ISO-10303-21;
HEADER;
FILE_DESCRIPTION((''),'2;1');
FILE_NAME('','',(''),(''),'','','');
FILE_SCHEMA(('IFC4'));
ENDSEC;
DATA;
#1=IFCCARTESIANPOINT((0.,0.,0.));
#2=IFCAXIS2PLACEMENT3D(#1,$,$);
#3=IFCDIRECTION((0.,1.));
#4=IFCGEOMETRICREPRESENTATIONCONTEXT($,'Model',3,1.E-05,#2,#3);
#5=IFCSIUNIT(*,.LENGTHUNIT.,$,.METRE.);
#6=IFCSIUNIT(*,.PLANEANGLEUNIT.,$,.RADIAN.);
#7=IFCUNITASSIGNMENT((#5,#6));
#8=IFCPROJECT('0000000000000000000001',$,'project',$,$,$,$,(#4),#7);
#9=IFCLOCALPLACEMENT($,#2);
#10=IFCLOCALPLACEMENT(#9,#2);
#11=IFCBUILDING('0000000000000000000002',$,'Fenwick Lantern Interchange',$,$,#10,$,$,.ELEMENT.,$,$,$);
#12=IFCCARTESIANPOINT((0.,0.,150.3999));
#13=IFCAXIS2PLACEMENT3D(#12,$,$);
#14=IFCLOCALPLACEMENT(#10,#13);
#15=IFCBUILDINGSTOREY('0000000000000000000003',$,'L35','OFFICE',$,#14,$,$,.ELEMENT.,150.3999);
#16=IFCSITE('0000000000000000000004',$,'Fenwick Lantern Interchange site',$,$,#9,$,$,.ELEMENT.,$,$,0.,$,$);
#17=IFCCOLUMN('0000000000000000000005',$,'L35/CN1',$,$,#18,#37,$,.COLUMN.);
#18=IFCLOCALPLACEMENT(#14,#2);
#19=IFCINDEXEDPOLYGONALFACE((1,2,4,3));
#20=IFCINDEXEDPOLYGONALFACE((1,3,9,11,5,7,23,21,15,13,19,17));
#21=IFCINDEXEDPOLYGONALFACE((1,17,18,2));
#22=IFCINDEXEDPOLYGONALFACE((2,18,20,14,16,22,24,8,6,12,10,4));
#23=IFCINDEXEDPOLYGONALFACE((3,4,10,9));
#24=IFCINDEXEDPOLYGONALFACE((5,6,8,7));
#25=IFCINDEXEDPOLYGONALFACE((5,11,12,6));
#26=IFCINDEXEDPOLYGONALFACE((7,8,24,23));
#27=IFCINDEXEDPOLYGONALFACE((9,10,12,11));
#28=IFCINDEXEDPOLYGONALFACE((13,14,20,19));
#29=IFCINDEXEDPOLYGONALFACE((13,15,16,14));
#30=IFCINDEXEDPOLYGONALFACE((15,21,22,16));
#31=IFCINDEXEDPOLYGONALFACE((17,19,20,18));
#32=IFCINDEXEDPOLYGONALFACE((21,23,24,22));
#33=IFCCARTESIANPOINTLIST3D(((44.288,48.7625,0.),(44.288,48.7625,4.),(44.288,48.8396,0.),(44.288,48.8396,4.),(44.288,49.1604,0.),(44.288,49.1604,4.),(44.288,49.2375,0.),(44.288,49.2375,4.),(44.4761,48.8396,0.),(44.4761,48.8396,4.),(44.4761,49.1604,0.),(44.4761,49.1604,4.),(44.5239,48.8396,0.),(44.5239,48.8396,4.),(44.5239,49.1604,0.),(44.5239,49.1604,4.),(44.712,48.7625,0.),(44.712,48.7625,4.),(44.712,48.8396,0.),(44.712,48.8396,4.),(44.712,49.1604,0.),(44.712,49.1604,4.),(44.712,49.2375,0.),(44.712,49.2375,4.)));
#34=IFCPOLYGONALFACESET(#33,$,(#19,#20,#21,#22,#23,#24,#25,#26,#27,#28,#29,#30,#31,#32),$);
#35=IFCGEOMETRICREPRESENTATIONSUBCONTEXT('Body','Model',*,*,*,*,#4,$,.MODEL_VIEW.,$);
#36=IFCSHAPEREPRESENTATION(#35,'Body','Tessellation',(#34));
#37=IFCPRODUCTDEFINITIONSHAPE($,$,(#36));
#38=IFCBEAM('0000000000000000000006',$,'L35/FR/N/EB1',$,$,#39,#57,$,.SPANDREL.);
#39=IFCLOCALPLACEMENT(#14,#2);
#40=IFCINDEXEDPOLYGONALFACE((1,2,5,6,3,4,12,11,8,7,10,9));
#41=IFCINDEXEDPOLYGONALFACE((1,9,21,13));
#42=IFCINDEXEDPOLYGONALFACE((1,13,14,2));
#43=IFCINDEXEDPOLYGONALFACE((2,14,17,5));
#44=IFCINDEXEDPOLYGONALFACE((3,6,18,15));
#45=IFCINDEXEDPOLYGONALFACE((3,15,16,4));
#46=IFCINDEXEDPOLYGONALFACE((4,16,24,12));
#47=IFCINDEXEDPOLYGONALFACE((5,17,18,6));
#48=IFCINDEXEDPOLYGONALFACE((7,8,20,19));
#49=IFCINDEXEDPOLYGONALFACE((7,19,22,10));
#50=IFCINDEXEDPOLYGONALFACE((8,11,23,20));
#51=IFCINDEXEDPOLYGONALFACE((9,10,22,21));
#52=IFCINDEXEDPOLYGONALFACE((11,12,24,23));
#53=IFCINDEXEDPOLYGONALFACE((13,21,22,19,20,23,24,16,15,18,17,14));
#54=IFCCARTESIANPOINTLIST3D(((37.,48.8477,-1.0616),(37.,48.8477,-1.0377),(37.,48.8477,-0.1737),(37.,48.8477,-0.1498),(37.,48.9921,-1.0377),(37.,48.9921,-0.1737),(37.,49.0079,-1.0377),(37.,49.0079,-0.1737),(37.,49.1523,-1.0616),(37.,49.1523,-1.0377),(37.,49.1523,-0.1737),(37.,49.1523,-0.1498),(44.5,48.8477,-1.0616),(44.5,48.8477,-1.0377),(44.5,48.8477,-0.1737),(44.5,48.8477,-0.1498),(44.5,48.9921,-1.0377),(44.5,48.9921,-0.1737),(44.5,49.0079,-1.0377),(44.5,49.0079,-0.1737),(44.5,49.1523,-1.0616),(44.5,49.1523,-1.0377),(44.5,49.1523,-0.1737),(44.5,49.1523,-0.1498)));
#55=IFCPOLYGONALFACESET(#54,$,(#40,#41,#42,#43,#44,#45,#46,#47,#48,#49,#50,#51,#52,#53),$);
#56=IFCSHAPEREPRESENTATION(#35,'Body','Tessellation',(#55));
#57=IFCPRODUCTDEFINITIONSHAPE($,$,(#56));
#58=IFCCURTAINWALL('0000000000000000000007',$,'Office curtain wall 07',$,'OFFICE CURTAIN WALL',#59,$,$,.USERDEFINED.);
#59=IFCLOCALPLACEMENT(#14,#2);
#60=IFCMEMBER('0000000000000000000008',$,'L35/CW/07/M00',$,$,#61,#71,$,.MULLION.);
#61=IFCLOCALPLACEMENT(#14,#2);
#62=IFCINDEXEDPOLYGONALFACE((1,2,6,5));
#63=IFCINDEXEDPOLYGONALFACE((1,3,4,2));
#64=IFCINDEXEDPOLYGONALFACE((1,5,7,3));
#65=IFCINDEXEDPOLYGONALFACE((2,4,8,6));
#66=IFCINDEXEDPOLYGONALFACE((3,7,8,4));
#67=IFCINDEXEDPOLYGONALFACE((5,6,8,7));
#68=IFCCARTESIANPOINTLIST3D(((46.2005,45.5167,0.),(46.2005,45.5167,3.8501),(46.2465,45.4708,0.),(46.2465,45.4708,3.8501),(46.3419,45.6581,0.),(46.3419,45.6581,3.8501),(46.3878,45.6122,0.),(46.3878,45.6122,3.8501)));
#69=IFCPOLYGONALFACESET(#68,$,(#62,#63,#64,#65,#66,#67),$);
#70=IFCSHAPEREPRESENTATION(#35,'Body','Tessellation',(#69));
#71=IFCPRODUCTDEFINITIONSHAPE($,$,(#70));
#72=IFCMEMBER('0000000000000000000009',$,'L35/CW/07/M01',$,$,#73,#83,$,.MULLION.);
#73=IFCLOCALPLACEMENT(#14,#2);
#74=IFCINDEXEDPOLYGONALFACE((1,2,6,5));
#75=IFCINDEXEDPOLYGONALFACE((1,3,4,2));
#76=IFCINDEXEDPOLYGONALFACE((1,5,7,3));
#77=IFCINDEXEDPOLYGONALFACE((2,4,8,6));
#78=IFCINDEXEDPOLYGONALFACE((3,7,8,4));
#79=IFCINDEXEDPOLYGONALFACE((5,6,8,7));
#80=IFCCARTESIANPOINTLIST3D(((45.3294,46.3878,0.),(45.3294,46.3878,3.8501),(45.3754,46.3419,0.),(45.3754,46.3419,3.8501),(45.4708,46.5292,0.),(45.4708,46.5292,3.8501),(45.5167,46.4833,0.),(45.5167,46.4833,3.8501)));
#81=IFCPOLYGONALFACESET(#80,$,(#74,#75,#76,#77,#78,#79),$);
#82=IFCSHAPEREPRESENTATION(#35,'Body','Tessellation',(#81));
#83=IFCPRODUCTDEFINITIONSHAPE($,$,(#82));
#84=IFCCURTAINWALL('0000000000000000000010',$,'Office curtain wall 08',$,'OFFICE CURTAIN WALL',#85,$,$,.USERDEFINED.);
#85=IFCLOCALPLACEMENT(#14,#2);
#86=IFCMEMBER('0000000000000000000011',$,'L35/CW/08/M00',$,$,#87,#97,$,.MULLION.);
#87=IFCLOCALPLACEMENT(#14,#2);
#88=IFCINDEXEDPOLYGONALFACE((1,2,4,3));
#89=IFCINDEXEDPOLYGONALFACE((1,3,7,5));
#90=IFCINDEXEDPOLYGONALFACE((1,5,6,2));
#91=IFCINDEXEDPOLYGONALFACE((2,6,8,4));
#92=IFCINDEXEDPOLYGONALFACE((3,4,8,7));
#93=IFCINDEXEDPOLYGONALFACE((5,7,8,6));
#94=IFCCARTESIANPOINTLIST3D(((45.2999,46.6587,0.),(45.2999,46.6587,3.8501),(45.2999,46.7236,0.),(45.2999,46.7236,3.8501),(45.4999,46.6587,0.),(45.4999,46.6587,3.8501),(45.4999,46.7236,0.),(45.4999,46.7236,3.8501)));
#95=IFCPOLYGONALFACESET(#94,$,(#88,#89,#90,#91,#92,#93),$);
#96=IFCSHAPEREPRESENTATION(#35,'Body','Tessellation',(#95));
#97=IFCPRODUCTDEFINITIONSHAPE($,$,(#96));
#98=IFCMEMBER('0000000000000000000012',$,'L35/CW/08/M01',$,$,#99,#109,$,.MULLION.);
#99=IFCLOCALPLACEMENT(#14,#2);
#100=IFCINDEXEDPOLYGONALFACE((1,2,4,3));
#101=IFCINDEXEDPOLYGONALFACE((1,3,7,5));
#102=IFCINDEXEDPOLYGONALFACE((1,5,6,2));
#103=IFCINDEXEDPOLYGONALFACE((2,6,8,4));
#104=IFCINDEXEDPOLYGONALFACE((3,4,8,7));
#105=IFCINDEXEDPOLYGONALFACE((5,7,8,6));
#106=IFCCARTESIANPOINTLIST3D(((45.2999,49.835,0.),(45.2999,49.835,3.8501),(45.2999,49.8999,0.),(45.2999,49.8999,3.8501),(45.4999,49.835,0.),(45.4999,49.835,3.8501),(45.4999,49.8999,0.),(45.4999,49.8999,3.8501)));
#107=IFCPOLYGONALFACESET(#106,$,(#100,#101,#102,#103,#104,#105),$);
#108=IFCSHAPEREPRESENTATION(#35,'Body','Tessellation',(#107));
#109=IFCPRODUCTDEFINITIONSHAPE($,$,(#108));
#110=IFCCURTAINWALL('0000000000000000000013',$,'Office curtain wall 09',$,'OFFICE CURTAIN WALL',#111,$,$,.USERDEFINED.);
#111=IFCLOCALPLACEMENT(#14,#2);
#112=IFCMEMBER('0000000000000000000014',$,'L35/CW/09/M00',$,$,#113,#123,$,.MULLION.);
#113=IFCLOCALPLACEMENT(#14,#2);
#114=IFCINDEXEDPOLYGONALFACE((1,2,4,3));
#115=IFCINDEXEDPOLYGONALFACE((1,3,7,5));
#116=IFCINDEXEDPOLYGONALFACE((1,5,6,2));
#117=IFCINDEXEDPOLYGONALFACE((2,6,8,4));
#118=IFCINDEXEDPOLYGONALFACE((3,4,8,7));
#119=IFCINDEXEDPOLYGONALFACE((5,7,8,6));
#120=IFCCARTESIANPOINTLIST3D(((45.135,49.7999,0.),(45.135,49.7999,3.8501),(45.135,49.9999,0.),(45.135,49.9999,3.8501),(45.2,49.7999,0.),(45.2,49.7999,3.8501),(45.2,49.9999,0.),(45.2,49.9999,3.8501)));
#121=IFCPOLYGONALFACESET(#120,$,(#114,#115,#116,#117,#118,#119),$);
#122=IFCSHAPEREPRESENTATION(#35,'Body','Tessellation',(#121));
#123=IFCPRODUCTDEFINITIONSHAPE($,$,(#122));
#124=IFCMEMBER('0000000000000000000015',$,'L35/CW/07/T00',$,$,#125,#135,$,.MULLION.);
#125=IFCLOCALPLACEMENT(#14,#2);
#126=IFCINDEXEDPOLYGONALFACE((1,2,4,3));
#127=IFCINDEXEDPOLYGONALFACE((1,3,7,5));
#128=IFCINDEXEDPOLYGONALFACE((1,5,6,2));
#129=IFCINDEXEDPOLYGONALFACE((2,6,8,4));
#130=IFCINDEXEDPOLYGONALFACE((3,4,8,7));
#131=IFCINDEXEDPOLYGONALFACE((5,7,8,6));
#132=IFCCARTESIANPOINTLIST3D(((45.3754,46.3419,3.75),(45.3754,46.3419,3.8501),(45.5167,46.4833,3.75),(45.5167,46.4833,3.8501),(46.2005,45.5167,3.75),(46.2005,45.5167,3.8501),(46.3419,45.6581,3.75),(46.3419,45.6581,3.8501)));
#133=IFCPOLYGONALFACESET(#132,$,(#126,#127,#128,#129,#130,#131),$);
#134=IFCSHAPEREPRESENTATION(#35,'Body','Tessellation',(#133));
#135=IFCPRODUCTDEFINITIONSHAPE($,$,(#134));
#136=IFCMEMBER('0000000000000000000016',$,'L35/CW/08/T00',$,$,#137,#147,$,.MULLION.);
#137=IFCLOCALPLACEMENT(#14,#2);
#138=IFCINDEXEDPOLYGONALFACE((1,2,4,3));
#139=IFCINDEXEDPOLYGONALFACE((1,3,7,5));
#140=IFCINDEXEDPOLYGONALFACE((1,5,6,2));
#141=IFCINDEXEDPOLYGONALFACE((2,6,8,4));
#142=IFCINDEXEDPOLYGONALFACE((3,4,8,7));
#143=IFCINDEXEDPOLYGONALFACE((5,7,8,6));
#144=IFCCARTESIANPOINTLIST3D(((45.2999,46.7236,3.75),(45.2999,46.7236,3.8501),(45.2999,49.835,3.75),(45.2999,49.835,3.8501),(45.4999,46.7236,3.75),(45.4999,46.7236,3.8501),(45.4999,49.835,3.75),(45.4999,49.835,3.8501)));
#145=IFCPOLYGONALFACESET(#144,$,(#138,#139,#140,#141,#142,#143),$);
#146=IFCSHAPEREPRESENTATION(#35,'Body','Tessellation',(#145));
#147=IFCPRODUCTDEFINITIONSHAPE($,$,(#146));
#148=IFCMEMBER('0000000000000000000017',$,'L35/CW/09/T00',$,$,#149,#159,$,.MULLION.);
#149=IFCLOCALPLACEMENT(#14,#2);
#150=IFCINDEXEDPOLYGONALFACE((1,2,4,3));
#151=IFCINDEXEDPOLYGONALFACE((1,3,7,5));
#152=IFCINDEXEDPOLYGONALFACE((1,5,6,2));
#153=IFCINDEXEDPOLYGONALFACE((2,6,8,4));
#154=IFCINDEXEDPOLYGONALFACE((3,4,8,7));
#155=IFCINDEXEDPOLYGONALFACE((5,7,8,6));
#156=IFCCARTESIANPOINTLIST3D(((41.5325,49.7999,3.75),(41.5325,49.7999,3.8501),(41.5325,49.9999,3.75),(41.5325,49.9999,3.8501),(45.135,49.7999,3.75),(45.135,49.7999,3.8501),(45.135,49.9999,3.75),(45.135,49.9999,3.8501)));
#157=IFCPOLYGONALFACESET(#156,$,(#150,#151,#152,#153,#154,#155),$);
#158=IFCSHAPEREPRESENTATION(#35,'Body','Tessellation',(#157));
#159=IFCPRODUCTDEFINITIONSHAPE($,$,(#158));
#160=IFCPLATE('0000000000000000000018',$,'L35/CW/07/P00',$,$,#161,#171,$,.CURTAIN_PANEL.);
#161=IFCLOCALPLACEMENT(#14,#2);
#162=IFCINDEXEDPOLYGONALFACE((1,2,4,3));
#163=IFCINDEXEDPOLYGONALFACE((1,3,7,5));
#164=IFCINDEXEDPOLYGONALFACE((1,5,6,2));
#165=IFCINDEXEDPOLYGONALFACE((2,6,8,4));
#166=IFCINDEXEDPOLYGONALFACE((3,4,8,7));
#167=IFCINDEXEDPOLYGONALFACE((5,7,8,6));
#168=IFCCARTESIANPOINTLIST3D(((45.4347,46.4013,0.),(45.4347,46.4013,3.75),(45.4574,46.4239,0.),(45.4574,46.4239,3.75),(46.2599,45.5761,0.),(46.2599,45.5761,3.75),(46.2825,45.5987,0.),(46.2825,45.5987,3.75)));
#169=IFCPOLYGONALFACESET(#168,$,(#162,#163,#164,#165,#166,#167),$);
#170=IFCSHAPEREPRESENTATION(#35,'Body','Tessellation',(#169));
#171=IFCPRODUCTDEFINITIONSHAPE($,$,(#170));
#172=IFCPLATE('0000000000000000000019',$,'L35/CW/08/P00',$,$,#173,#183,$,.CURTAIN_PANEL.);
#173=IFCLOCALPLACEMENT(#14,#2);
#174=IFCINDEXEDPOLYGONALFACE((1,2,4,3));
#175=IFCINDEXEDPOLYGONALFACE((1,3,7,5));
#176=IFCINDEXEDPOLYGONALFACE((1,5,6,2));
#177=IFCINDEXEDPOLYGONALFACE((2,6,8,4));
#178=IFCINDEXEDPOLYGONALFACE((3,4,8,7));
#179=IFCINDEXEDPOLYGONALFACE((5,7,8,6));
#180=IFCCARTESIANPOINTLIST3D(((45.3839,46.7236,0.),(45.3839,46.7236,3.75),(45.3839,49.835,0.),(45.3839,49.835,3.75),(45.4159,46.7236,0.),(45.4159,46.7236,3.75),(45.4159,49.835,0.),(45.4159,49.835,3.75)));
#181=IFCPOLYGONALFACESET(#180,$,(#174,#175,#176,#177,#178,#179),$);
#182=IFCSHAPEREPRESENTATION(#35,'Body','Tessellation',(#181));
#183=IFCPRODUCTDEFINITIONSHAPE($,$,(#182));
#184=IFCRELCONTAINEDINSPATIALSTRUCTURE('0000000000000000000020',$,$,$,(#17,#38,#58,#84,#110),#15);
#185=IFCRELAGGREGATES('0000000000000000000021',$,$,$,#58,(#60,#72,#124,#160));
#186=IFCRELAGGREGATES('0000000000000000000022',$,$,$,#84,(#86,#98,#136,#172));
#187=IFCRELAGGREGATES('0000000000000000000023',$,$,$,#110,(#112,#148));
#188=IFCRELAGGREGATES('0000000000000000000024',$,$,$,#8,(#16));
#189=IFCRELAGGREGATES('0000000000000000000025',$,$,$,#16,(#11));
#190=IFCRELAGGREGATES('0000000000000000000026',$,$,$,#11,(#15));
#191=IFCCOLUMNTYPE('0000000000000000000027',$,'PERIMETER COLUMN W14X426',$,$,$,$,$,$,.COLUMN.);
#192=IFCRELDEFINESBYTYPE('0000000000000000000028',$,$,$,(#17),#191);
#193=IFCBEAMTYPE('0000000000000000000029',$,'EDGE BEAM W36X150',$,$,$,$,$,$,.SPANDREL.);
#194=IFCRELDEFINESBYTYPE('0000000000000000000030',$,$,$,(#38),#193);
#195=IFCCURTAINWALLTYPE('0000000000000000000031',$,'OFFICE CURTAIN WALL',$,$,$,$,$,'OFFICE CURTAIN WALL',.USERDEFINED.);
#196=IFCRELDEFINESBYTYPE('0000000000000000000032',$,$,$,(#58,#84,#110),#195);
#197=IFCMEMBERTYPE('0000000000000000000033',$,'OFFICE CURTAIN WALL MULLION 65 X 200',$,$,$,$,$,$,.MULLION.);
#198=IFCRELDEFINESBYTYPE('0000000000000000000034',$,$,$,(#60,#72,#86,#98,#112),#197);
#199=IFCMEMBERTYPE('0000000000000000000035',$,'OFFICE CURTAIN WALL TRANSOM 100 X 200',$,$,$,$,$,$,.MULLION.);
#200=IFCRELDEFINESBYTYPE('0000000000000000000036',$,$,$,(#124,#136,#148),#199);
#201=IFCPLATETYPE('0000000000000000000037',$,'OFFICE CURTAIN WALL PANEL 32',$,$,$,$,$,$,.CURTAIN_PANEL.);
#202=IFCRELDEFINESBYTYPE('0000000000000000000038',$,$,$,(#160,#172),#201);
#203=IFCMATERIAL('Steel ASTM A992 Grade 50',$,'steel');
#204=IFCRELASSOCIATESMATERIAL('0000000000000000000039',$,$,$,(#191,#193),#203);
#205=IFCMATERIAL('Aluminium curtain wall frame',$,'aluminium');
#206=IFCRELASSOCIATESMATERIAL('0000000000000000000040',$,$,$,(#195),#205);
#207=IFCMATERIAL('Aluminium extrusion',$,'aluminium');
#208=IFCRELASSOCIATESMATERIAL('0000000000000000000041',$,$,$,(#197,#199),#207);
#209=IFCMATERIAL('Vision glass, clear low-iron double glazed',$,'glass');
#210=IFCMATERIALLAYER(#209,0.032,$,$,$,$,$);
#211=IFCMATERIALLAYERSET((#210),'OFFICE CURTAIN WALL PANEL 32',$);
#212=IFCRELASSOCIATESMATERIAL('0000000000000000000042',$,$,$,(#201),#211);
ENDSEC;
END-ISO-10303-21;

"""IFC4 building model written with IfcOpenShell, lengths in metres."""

from ifc_helpers import new_model, si_unit, direction, frame, origin, origin_2d, place, context, subcontext, project, spatial, rectangle, i_section, extrude, material, layer, layer_set, material_profile, profile_set, type_object, element, aggregate, save


model = new_model("IFC4")

# Units and contexts
model_context = context("Model", 3, precision=1e-05, world=origin(), true_north=direction((0.0, 1.0)))
body_context = subcontext(model_context, "Body", "Model", "MODEL_VIEW")
ifc_project = project(units=[si_unit("LENGTHUNIT", "METRE"), si_unit("PLANEANGLEUNIT", "RADIAN")], contexts=[model_context])

# Site, building, storey
site_placement = place(None, origin())
site = spatial("IfcSite", under=ifc_project, at=site_placement, Name="Fenwick Lantern Interchange site", CompositionType="ELEMENT", RefElevation=0.0)
building_placement = place(site_placement, origin())
building = spatial("IfcBuilding", under=site, at=building_placement, Name="Fenwick Lantern Interchange", CompositionType="ELEMENT")
storey_placement = place(building_placement, frame((0.0, 0.0, 150.3999)))
storey = spatial("IfcBuildingStorey", under=building, at=storey_placement, Name="L35", Description="OFFICE", CompositionType="ELEMENT", Elevation=150.3999)

# Column
ifc_material_1 = material(Name="Steel ASTM A992 Grade 50", Category="steel")
ifc_material_profile_1 = material_profile(ifc_material_1, i_section(OverallWidth=0.4241, OverallDepth=0.4751, WebThickness=0.0479, FlangeThickness=0.0771, at=origin_2d()), Name="W14X426")
ifc_profile_set_1 = profile_set([ifc_material_profile_1], Name="Steel ASTM A992 Grade 50")
column_type = type_object("IfcColumnType", Name="PERIMETER COLUMN W14X426", PredefinedType="COLUMN", material=ifc_profile_set_1)
column_placement = place(storey_placement, frame((44.5, 49.0, 0.0), z_axis=(0.0, 0.0, 1.0), x_axis=(1.0, 0.0, 0.0)))
element("IfcColumn", 1, at=column_placement, inside=storey, type_object=column_type, Name="L35/CN1", PredefinedType="COLUMN", context=body_context, shape_type="SweptSolid", body=[
    extrude(i_section(OverallWidth=0.4241, OverallDepth=0.4751, WebThickness=0.0479, FlangeThickness=0.0771, at=origin_2d()), origin(), (0.0, 0.0, 1.0), 4.0),
])

# Beam
ifc_material_profile_2 = material_profile(ifc_material_1, i_section(OverallWidth=0.3047, OverallDepth=0.9119, WebThickness=0.0159, FlangeThickness=0.0239, at=origin_2d()), Name="W36X150")
ifc_profile_set_2 = profile_set([ifc_material_profile_2], Name="Steel ASTM A992 Grade 50")
beam_type = type_object("IfcBeamType", Name="EDGE BEAM W36X150", PredefinedType="SPANDREL", material=ifc_profile_set_2)
beam_placement = place(storey_placement, frame((44.5, 49.0, -0.6057), z_axis=(-1.0, 0.0, 0.0), x_axis=(0.0, -1.0, 0.0)))
element("IfcBeam", 2, at=beam_placement, inside=storey, type_object=beam_type, Name="L35/FR/N/EB1", PredefinedType="SPANDREL", context=body_context, shape_type="SweptSolid", body=[
    extrude(i_section(OverallWidth=0.3047, OverallDepth=0.9119, WebThickness=0.0159, FlangeThickness=0.0239, at=origin_2d()), origin(), (0.0, 0.0, 1.0), 7.5),
])

# Curtain walls, members
ifc_material_2 = material(Name="Aluminium curtain wall frame", Category="aluminium")
curtain_wall_type = type_object("IfcCurtainWallType", Name="OFFICE CURTAIN WALL", ElementType="OFFICE CURTAIN WALL", PredefinedType="USERDEFINED", material=ifc_material_2)
curtain_wall_1_placement = place(storey_placement, origin())
curtain_wall_1 = element("IfcCurtainWall", 3, at=curtain_wall_1_placement, inside=storey, type_object=curtain_wall_type, Name="Office curtain wall 07", ObjectType="OFFICE CURTAIN WALL", PredefinedType="USERDEFINED")
ifc_material_3 = material(Name="Aluminium extrusion", Category="aluminium")
ifc_material_profile_3 = material_profile(ifc_material_3, rectangle(XDim=0.2, YDim=0.0649, at=origin_2d()), Name="OFFICE CURTAIN WALL MULLION 65 X 200")
ifc_profile_set_3 = profile_set([ifc_material_profile_3], Name="Aluminium extrusion")
member_type_1 = type_object("IfcMemberType", Name="OFFICE CURTAIN WALL MULLION 65 X 200", PredefinedType="MULLION", material=ifc_profile_set_3)
member_1_placement = place(storey_placement, frame((46.2942, 45.5645, 0.0), z_axis=(0.0, 0.0, 1.0), x_axis=(-0.707107, -0.707107, 0.0)))
member_1 = element("IfcMember", 4, at=member_1_placement, type_object=member_type_1, Name="L35/CW/07/M00", PredefinedType="MULLION", context=body_context, shape_type="SweptSolid", body=[
    extrude(rectangle(XDim=0.2, YDim=0.0649, at=origin_2d()), origin(), (0.0, 0.0, 1.0), 3.8501),
])
member_2_placement = place(storey_placement, frame((45.4231, 46.4355, 0.0), z_axis=(0.0, 0.0, 1.0), x_axis=(-0.707107, -0.707107, 0.0)))
member_2 = element("IfcMember", 5, at=member_2_placement, type_object=member_type_1, Name="L35/CW/07/M01", PredefinedType="MULLION", context=body_context, shape_type="SweptSolid", body=[
    extrude(rectangle(XDim=0.2, YDim=0.0649, at=origin_2d()), origin(), (0.0, 0.0, 1.0), 3.8501),
])
curtain_wall_2_placement = place(storey_placement, origin())
curtain_wall_2 = element("IfcCurtainWall", 6, at=curtain_wall_2_placement, inside=storey, type_object=curtain_wall_type, Name="Office curtain wall 08", ObjectType="OFFICE CURTAIN WALL", PredefinedType="USERDEFINED")
member_3_placement = place(storey_placement, frame((45.3999, 46.6912, 0.0), z_axis=(0.0, 0.0, 1.0), x_axis=(-1.0, 0.0, 0.0)))
member_3 = element("IfcMember", 7, at=member_3_placement, type_object=member_type_1, Name="L35/CW/08/M00", PredefinedType="MULLION", context=body_context, shape_type="SweptSolid", body=[
    extrude(rectangle(XDim=0.2, YDim=0.0649, at=origin_2d()), origin(), (0.0, 0.0, 1.0), 3.8501),
])
member_4_placement = place(storey_placement, frame((45.3999, 49.8674, 0.0), z_axis=(0.0, 0.0, 1.0), x_axis=(-1.0, 0.0, 0.0)))
member_4 = element("IfcMember", 8, at=member_4_placement, type_object=member_type_1, Name="L35/CW/08/M01", PredefinedType="MULLION", context=body_context, shape_type="SweptSolid", body=[
    extrude(rectangle(XDim=0.2, YDim=0.0649, at=origin_2d()), origin(), (0.0, 0.0, 1.0), 3.8501),
])

# Curtain wall, member
curtain_wall_3_placement = place(storey_placement, origin())
curtain_wall_3 = element("IfcCurtainWall", 9, at=curtain_wall_3_placement, inside=storey, type_object=curtain_wall_type, Name="Office curtain wall 09", ObjectType="OFFICE CURTAIN WALL", PredefinedType="USERDEFINED")
member_5_placement = place(storey_placement, frame((45.1675, 49.8999, 0.0), z_axis=(0.0, 0.0, 1.0), x_axis=(0.0, -1.0, 0.0)))
member_5 = element("IfcMember", 10, at=member_5_placement, type_object=member_type_1, Name="L35/CW/09/M00", PredefinedType="MULLION", context=body_context, shape_type="SweptSolid", body=[
    extrude(rectangle(XDim=0.2, YDim=0.0649, at=origin_2d()), origin(), (0.0, 0.0, 1.0), 3.8501),
])

# Members
ifc_material_profile_4 = material_profile(ifc_material_3, rectangle(XDim=0.2, YDim=0.1001, at=origin_2d()), Name="OFFICE CURTAIN WALL TRANSOM 100 X 200")
ifc_profile_set_4 = profile_set([ifc_material_profile_4], Name="Aluminium extrusion")
member_type_2 = type_object("IfcMemberType", Name="OFFICE CURTAIN WALL TRANSOM 100 X 200", PredefinedType="MULLION", material=ifc_profile_set_4)
member_6_placement = place(storey_placement, frame((46.2712, 45.5874, 3.8), z_axis=(-0.707107, 0.707107, 0.0), x_axis=(-0.707107, -0.707107, 0.0)))
member_6 = element("IfcMember", 11, at=member_6_placement, type_object=member_type_2, Name="L35/CW/07/T00", PredefinedType="MULLION", context=body_context, shape_type="SweptSolid", body=[
    extrude(rectangle(XDim=0.2, YDim=0.1001, at=origin_2d()), origin(), (0.0, 0.0, 1.0), 1.167),
])
member_7_placement = place(storey_placement, frame((45.3999, 46.7236, 3.8), z_axis=(0.0, 1.0, 0.0), x_axis=(-1.0, 0.0, 0.0)))
member_7 = element("IfcMember", 12, at=member_7_placement, type_object=member_type_2, Name="L35/CW/08/T00", PredefinedType="MULLION", context=body_context, shape_type="SweptSolid", body=[
    extrude(rectangle(XDim=0.2, YDim=0.1001, at=origin_2d()), origin(), (0.0, 0.0, 1.0), 3.1113),
])
member_8_placement = place(storey_placement, frame((45.135, 49.8999, 3.8), z_axis=(-1.0, 0.0, 0.0), x_axis=(0.0, -1.0, 0.0)))
member_8 = element("IfcMember", 13, at=member_8_placement, type_object=member_type_2, Name="L35/CW/09/T00", PredefinedType="MULLION", context=body_context, shape_type="SweptSolid", body=[
    extrude(rectangle(XDim=0.2, YDim=0.1001, at=origin_2d()), origin(), (0.0, 0.0, 1.0), 3.6025),
])

# Plates
ifc_material_4 = material(Name="Vision glass, clear low-iron double glazed", Category="glass")
ifc_layer_1 = layer(ifc_material_4, 0.032)
ifc_layer_set_1 = layer_set([ifc_layer_1], Name="OFFICE CURTAIN WALL PANEL 32")
plate_type = type_object("IfcPlateType", Name="OFFICE CURTAIN WALL PANEL 32", PredefinedType="CURTAIN_PANEL", material=ifc_layer_set_1)
plate_1_placement = place(storey_placement, frame((45.8586, 46.0, 0.0), z_axis=(0.0, 0.0, 1.0), x_axis=(-0.707107, 0.707107, 0.0)))
plate_1 = element("IfcPlate", 14, at=plate_1_placement, type_object=plate_type, Name="L35/CW/07/P00", PredefinedType="CURTAIN_PANEL", context=body_context, shape_type="SweptSolid", body=[
    extrude(rectangle(XDim=1.167, YDim=0.032, at=origin_2d()), origin(), (0.0, 0.0, 1.0), 3.75),
])
aggregate(curtain_wall_1, [member_1, member_2, member_6, plate_1])
plate_2_placement = place(storey_placement, frame((45.3999, 48.2793, 0.0), z_axis=(0.0, 0.0, 1.0), x_axis=(0.0, 1.0, 0.0)))
plate_2 = element("IfcPlate", 15, at=plate_2_placement, type_object=plate_type, Name="L35/CW/08/P00", PredefinedType="CURTAIN_PANEL", context=body_context, shape_type="SweptSolid", body=[
    extrude(rectangle(XDim=3.1113, YDim=0.032, at=origin_2d()), origin(), (0.0, 0.0, 1.0), 3.75),
])
aggregate(curtain_wall_2, [member_3, member_4, member_7, plate_2])
aggregate(curtain_wall_3, [member_5, member_8])

save(model, "model.ifc")
